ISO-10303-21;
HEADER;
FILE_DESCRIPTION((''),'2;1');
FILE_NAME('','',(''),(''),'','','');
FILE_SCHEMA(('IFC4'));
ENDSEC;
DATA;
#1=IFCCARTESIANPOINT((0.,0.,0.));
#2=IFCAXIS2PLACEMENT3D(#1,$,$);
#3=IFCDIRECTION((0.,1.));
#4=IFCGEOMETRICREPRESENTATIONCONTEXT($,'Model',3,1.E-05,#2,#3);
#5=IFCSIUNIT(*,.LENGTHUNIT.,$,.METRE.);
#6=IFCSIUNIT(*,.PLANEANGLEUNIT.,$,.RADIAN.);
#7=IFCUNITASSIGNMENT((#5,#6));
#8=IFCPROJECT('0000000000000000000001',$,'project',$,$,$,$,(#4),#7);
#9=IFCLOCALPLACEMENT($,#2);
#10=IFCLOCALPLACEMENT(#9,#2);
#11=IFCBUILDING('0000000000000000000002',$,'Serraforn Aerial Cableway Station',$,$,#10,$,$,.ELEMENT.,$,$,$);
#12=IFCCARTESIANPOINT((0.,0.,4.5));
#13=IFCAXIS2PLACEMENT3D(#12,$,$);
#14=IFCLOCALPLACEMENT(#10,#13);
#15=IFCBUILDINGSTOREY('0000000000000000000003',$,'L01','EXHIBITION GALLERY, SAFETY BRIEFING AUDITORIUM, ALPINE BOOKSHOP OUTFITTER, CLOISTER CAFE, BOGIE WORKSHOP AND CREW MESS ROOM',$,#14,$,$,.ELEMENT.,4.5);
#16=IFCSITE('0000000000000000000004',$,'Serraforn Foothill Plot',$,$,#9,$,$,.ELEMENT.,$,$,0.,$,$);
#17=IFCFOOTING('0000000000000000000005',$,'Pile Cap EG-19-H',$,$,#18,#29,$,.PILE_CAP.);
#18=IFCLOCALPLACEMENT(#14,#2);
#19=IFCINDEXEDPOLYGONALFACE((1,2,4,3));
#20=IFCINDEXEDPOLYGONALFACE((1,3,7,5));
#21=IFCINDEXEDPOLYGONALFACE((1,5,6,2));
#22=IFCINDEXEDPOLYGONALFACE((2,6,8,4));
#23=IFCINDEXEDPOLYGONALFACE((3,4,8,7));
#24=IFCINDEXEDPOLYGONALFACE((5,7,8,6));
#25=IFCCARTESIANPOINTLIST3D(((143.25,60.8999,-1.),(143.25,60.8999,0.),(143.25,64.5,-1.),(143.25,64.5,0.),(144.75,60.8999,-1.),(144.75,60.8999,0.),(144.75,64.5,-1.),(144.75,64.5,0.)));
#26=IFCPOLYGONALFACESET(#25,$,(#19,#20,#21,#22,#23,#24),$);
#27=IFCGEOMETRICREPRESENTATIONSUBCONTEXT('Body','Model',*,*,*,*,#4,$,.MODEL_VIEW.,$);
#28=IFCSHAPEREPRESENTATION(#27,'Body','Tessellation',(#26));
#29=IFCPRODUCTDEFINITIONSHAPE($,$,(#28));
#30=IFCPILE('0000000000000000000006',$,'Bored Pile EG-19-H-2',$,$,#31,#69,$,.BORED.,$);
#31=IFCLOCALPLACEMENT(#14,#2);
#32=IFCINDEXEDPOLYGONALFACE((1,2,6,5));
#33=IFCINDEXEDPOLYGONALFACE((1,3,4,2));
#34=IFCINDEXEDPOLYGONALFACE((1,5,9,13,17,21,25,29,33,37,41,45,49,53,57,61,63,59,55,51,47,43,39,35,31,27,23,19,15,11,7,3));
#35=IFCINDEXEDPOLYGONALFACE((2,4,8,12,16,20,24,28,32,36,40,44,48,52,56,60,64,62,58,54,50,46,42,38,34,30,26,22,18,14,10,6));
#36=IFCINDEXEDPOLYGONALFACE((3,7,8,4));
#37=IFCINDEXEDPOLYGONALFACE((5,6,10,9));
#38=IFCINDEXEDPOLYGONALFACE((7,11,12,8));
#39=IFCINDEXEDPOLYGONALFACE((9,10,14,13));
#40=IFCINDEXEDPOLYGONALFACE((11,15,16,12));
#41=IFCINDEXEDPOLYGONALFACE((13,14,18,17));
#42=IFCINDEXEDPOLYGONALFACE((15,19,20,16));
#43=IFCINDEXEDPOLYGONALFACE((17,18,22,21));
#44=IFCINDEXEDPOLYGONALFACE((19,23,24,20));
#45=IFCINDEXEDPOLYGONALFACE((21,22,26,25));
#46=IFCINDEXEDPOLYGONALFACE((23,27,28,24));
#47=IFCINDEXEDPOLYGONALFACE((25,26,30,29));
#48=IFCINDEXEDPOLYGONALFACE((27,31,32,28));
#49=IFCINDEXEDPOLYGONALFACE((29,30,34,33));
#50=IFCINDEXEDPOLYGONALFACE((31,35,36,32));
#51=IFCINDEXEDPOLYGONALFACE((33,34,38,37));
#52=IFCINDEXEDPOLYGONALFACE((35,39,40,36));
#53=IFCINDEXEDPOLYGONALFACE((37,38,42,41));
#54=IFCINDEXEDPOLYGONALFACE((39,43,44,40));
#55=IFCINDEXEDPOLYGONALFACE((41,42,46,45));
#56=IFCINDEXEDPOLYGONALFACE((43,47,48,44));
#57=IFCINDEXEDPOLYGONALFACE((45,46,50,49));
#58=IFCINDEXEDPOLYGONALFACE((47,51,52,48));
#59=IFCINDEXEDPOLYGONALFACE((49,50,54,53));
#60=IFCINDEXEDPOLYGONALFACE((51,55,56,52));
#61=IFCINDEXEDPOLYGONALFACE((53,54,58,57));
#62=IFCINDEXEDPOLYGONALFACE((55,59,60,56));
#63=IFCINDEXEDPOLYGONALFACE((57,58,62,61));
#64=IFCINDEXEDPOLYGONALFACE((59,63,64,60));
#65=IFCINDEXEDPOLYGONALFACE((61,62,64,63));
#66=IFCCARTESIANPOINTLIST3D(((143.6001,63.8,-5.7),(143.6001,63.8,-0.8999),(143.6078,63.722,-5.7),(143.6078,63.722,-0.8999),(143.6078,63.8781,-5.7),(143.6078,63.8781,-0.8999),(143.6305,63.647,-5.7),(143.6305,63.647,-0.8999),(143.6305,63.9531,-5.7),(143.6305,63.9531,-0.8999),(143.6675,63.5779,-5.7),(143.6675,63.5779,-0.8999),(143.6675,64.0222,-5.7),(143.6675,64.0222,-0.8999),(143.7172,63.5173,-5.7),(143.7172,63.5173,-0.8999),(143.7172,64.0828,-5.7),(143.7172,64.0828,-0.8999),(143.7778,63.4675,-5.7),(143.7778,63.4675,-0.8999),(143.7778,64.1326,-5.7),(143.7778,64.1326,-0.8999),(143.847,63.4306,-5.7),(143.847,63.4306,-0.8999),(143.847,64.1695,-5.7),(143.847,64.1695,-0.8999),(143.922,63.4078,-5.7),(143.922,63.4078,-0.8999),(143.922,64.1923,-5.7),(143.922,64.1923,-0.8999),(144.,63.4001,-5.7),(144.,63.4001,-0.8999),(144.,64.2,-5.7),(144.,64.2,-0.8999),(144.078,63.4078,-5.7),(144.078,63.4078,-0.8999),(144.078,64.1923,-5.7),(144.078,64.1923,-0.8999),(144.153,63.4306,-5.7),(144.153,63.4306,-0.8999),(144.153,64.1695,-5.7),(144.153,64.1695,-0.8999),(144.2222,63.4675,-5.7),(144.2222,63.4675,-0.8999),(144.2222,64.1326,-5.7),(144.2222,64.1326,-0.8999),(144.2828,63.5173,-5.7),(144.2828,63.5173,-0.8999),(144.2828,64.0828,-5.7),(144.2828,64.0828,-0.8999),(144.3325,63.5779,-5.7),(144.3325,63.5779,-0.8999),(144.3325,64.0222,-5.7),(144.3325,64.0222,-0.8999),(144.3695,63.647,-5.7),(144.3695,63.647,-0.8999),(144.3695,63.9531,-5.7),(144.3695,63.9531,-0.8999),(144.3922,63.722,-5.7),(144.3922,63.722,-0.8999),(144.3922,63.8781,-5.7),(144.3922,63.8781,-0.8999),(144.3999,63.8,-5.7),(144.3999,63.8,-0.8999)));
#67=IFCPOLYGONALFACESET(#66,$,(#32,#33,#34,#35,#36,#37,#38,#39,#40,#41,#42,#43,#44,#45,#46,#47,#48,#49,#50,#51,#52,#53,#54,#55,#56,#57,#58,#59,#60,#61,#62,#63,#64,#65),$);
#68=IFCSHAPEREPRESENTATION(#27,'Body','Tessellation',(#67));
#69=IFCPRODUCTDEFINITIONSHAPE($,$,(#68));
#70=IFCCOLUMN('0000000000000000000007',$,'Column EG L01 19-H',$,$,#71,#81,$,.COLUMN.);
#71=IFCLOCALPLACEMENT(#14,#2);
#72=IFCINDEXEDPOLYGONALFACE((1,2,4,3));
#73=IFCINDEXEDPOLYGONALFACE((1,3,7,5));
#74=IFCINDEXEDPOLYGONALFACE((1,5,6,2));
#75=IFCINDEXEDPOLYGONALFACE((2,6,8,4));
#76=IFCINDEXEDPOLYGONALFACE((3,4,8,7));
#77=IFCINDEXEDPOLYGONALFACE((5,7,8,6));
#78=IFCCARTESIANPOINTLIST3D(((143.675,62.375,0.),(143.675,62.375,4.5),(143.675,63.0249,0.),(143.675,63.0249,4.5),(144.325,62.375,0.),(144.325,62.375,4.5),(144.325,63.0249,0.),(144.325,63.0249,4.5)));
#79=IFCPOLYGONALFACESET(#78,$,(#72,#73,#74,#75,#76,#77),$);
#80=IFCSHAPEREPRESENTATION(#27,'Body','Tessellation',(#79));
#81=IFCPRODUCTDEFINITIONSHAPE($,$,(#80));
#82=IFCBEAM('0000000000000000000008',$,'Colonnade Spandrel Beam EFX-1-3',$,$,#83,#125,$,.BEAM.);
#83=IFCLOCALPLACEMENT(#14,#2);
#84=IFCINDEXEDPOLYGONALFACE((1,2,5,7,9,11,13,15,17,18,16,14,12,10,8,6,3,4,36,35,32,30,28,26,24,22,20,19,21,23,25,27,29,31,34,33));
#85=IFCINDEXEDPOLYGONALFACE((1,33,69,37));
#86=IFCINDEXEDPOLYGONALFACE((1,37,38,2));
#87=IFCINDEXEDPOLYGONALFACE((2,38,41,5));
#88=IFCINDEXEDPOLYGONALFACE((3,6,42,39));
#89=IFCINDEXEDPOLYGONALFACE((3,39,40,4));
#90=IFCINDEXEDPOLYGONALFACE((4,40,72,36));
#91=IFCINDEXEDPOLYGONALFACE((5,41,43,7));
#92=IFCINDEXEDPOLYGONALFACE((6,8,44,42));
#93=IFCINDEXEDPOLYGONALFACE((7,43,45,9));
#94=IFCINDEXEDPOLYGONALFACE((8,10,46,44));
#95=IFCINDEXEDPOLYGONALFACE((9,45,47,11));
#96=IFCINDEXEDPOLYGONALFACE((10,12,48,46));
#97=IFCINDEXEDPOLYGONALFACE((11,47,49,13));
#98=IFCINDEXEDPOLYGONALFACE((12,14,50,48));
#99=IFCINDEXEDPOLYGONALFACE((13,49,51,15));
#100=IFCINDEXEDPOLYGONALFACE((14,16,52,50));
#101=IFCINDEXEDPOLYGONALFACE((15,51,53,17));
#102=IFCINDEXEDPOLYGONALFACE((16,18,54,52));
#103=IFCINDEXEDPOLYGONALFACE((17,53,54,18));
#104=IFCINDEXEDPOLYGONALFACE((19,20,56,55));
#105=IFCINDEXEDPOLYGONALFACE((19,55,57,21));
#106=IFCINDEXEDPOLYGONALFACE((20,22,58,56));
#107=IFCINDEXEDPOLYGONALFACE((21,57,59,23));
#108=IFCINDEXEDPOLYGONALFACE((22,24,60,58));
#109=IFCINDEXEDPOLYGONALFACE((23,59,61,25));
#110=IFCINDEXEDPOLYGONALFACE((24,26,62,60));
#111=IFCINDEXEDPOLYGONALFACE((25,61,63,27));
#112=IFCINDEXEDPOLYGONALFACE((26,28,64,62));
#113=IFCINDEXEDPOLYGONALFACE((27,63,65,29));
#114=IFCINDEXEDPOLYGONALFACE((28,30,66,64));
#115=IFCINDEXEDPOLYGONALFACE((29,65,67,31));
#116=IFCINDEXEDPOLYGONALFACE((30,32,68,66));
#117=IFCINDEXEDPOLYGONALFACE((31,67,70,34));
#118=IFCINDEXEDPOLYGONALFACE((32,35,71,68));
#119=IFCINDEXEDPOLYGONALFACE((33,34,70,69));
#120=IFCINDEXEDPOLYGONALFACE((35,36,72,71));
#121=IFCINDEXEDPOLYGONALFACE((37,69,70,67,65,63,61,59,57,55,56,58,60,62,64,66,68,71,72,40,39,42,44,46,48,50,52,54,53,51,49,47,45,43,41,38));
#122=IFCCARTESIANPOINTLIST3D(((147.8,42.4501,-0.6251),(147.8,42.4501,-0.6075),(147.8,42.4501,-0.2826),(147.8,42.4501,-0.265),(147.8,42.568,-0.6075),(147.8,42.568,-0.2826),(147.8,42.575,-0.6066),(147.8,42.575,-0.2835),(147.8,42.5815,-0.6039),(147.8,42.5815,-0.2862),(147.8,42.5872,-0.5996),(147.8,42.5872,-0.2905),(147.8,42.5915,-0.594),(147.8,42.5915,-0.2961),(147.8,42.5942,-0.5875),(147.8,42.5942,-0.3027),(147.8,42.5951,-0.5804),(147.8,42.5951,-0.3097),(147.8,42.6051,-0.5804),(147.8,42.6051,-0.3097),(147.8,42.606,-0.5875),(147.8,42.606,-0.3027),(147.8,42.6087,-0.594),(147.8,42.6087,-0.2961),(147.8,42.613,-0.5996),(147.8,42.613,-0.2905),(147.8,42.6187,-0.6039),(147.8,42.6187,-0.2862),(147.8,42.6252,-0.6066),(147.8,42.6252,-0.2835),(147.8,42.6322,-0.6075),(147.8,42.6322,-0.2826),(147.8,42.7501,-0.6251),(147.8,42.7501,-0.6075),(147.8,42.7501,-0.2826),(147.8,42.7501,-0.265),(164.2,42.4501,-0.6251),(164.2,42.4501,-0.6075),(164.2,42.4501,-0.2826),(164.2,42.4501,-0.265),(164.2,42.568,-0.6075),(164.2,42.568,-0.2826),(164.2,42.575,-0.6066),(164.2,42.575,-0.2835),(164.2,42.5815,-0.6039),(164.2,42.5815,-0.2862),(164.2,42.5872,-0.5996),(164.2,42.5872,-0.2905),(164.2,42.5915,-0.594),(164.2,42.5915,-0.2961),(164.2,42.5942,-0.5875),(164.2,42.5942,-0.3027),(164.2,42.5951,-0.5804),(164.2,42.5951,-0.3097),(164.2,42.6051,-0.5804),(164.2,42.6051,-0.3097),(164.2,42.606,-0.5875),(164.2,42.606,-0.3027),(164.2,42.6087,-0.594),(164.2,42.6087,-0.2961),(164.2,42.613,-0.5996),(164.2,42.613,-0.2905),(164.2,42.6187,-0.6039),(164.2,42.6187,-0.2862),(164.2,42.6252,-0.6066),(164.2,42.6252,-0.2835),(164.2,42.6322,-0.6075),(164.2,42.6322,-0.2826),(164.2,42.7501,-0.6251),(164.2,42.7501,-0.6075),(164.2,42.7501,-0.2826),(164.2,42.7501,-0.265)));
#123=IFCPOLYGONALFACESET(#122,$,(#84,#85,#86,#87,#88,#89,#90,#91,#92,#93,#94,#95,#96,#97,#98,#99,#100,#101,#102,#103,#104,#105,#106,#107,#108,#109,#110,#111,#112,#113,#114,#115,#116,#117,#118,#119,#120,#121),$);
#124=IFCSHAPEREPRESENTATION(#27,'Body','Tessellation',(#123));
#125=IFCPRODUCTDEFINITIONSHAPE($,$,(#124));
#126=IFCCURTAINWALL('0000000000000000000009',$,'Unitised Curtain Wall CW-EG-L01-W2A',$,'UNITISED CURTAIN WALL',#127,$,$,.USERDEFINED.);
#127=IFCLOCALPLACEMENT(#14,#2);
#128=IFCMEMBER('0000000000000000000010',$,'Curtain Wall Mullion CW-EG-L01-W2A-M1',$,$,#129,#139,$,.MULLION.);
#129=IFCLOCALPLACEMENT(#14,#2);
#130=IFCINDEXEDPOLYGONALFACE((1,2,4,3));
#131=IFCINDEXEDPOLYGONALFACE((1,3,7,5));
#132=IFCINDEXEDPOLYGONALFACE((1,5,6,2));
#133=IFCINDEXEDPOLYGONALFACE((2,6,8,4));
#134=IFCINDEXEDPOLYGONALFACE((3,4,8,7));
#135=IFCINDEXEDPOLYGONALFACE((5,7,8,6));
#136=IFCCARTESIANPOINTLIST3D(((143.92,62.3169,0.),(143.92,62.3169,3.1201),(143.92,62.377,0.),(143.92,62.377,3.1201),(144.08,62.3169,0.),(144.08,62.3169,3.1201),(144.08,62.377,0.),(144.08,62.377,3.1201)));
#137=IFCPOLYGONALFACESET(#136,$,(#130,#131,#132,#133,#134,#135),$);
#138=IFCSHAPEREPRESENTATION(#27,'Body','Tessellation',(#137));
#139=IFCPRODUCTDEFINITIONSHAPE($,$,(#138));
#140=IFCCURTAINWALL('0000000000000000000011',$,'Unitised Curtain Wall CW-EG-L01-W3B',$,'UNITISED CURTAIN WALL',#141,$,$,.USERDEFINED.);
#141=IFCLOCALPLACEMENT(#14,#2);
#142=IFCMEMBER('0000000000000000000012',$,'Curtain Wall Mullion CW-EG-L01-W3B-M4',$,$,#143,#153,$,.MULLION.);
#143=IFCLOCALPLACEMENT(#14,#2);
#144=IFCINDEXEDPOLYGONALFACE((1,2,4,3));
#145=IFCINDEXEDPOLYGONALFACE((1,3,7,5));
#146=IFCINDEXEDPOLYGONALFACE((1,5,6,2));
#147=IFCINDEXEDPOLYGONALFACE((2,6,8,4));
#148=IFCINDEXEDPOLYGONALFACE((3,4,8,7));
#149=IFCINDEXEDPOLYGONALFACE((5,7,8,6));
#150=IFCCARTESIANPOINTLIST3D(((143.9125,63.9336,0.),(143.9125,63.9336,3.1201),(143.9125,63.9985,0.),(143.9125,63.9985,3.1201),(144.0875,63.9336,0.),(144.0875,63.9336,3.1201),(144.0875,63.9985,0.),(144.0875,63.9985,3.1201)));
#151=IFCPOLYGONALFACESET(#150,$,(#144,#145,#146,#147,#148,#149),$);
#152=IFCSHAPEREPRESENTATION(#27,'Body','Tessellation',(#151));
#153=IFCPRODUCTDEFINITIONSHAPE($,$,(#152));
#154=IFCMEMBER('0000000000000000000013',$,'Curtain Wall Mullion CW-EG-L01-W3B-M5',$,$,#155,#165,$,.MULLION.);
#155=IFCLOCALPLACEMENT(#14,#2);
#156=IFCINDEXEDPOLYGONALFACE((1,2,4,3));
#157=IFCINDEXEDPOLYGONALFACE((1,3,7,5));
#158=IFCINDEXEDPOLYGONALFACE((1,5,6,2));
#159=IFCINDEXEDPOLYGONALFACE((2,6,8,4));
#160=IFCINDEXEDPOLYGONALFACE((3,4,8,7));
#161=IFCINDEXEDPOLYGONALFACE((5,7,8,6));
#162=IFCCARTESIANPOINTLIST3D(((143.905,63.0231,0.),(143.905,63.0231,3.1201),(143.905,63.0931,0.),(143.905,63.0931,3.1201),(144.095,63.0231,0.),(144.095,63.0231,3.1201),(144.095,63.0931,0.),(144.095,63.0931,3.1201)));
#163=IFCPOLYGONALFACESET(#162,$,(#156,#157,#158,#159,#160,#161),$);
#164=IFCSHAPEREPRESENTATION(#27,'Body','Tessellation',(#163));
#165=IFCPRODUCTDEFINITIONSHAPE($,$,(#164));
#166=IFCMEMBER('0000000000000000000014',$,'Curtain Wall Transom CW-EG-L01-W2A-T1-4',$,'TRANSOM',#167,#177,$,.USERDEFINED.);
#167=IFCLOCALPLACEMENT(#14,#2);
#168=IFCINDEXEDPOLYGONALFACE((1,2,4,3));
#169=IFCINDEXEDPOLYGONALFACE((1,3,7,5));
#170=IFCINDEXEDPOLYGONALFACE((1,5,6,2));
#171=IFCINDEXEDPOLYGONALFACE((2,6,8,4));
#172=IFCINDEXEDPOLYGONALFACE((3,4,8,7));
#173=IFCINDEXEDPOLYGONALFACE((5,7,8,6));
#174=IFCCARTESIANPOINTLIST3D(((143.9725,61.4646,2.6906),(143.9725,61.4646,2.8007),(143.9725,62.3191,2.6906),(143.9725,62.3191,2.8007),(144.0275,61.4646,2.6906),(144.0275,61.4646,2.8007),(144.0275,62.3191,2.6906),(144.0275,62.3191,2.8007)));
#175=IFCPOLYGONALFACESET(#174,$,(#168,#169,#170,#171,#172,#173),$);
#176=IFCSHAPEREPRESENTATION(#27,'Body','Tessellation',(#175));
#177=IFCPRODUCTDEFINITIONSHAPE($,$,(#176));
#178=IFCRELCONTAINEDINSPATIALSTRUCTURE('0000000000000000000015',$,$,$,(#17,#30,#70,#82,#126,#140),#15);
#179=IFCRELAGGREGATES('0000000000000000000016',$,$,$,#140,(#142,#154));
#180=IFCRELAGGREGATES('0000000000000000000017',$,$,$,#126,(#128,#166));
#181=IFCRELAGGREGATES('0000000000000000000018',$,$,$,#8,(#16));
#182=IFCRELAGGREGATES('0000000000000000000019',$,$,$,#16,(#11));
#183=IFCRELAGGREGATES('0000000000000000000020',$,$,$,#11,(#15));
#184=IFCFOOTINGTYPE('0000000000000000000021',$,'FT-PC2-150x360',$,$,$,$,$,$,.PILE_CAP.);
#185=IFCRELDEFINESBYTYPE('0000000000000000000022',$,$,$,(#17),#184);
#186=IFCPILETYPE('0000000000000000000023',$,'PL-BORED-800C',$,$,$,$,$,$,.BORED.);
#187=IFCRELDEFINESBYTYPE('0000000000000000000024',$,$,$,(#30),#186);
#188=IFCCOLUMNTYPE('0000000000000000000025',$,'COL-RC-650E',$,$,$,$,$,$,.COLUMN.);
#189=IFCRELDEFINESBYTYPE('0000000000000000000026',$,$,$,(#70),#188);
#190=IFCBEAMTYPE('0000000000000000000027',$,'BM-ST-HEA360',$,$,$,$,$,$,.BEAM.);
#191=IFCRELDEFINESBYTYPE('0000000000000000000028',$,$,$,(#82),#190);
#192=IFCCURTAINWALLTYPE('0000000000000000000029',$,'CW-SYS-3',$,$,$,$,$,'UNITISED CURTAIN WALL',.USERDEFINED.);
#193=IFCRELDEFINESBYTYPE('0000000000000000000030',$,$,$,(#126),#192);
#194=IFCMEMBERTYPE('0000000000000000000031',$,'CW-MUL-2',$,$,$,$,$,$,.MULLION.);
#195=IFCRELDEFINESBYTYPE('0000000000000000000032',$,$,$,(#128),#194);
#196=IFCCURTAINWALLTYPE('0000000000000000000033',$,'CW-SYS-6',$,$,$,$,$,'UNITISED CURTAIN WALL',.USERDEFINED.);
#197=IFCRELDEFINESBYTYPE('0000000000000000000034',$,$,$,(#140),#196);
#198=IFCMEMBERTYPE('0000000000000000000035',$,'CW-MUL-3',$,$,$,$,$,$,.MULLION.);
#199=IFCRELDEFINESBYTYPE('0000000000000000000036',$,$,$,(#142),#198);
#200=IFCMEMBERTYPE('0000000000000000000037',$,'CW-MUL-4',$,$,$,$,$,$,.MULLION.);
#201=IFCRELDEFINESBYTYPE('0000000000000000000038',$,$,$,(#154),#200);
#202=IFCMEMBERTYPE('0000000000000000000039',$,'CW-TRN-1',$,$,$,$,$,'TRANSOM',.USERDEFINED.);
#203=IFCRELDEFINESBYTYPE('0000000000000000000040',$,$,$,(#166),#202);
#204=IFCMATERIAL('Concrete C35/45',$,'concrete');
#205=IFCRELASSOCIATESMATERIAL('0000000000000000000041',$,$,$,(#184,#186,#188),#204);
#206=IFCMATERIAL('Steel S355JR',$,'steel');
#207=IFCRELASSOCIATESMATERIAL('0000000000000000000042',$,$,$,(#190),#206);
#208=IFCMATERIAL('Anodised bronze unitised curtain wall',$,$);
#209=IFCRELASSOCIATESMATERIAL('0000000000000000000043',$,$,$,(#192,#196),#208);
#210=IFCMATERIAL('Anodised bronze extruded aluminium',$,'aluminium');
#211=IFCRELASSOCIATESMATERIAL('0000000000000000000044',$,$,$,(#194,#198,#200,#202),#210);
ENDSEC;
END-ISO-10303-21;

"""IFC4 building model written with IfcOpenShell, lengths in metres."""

from ifc_helpers import new_model, si_unit, direction, frame, origin, origin_2d, place, context, subcontext, project, spatial, rectangle, circle, i_section, extrude, material, material_profile, profile_set, type_object, element, aggregate, save


model = new_model("IFC4")

# Units and contexts
model_context = context("Model", 3, precision=1e-05, world=origin(), true_north=direction((0.0, 1.0)))
body_context = subcontext(model_context, "Body", "Model", "MODEL_VIEW")
ifc_project = project(units=[si_unit("LENGTHUNIT", "METRE"), si_unit("PLANEANGLEUNIT", "RADIAN")], contexts=[model_context])

# Site, building, storey
site_placement = place(None, origin())
site = spatial("IfcSite", under=ifc_project, at=site_placement, Name="Serraforn Foothill Plot", CompositionType="ELEMENT", RefElevation=0.0)
building_placement = place(site_placement, origin())
building = spatial("IfcBuilding", under=site, at=building_placement, Name="Serraforn Aerial Cableway Station", CompositionType="ELEMENT")
storey_placement = place(building_placement, frame((0.0, 0.0, 4.5)))
storey = spatial("IfcBuildingStorey", under=building, at=storey_placement, Name="L01", Description="EXHIBITION GALLERY, SAFETY BRIEFING AUDITORIUM, ALPINE BOOKSHOP OUTFITTER, CLOISTER CAFE, BOGIE WORKSHOP AND CREW MESS ROOM", CompositionType="ELEMENT", Elevation=4.5)

# Footing
ifc_material_1 = material(Name="Concrete C35/45", Category="concrete")
footing_type = type_object("IfcFootingType", Name="FT-PC2-150x360", PredefinedType="PILE_CAP", material=ifc_material_1)
footing_placement = place(storey_placement, frame((144.0, 62.7, -1.0), z_axis=(0.0, 0.0, 1.0), x_axis=(1.0, 0.0, 0.0)))
element("IfcFooting", 1, at=footing_placement, inside=storey, type_object=footing_type, Name="Pile Cap EG-19-H", PredefinedType="PILE_CAP", context=body_context, shape_type="SweptSolid", body=[
    extrude(rectangle(XDim=1.5, YDim=3.6001, at=origin_2d()), origin(), (0.0, 0.0, 1.0), 1.0),
])

# Pile
ifc_material_profile_1 = material_profile(ifc_material_1, circle(Radius=0.3999, at=origin_2d()), Name="BORED PILE D800")
ifc_profile_set_1 = profile_set([ifc_material_profile_1], Name="Concrete C35/45")
pile_type = type_object("IfcPileType", Name="PL-BORED-800C", PredefinedType="BORED", material=ifc_profile_set_1)
pile_placement = place(storey_placement, frame((144.0, 63.8, -0.8999), z_axis=(0.0, 0.0, -1.0), x_axis=(1.0, 0.0, 0.0)))
element("IfcPile", 2, at=pile_placement, inside=storey, type_object=pile_type, Name="Bored Pile EG-19-H-2", PredefinedType="BORED", context=body_context, shape_type="SweptSolid", body=[
    extrude(circle(Radius=0.3999, at=origin_2d()), origin(), (0.0, 0.0, 1.0), 4.8),
])

# Column
ifc_material_profile_2 = material_profile(ifc_material_1, rectangle(XDim=0.6499, YDim=0.6499, at=origin_2d()), Name="RC 650x650")
ifc_profile_set_2 = profile_set([ifc_material_profile_2], Name="Concrete C35/45")
column_type = type_object("IfcColumnType", Name="COL-RC-650E", PredefinedType="COLUMN", material=ifc_profile_set_2)
column_placement = place(storey_placement, frame((144.0, 62.7, 0.0), z_axis=(0.0, 0.0, 1.0), x_axis=(1.0, 0.0, 0.0)))
element("IfcColumn", 3, at=column_placement, inside=storey, type_object=column_type, Name="Column EG L01 19-H", PredefinedType="COLUMN", context=body_context, shape_type="SweptSolid", body=[
    extrude(rectangle(XDim=0.6499, YDim=0.6499, at=origin_2d()), origin(), (0.0, 0.0, 1.0), 4.5),
])

# Beam
ifc_material_2 = material(Name="Steel S355JR", Category="steel")
ifc_material_profile_3 = material_profile(ifc_material_2, i_section(OverallWidth=0.3, OverallDepth=0.3601, WebThickness=0.01, FlangeThickness=0.0176, FilletRadius=0.0271, at=origin_2d()), Name="HEA 360")
ifc_profile_set_3 = profile_set([ifc_material_profile_3], Name="Steel S355JR")
beam_type = type_object("IfcBeamType", Name="BM-ST-HEA360", PredefinedType="BEAM", material=ifc_profile_set_3)
beam_placement = place(storey_placement, frame((147.8, 42.6001, -0.4451), z_axis=(1.0, 0.0, 0.0), x_axis=(0.0, 1.0, 0.0)))
element("IfcBeam", 4, at=beam_placement, inside=storey, type_object=beam_type, Name="Colonnade Spandrel Beam EFX-1-3", PredefinedType="BEAM", context=body_context, shape_type="SweptSolid", body=[
    extrude(i_section(OverallWidth=0.3, OverallDepth=0.3601, WebThickness=0.01, FlangeThickness=0.0176, FilletRadius=0.0271, at=origin_2d()), origin(), (0.0, 0.0, 1.0), 16.3999),
])

# Curtain wall, member
ifc_material_3 = material(Name="Anodised bronze unitised curtain wall")
curtain_wall_type_1 = type_object("IfcCurtainWallType", Name="CW-SYS-3", ElementType="UNITISED CURTAIN WALL", PredefinedType="USERDEFINED", material=ifc_material_3)
curtain_wall_1_placement = place(storey_placement, origin())
curtain_wall_1 = element("IfcCurtainWall", 5, at=curtain_wall_1_placement, inside=storey, type_object=curtain_wall_type_1, Name="Unitised Curtain Wall CW-EG-L01-W2A", ObjectType="UNITISED CURTAIN WALL", PredefinedType="USERDEFINED")
ifc_material_4 = material(Name="Anodised bronze extruded aluminium", Category="aluminium")
ifc_material_profile_4 = material_profile(ifc_material_4, rectangle(XDim=0.0601, YDim=0.1599, at=origin_2d()), Name="CW MULLION 60x160")
ifc_profile_set_4 = profile_set([ifc_material_profile_4], Name="Anodised bronze extruded aluminium")
member_type_1 = type_object("IfcMemberType", Name="CW-MUL-2", PredefinedType="MULLION", material=ifc_profile_set_4)
member_1_placement = place(storey_placement, frame((144.0, 62.3469, 0.0), z_axis=(0.0, 0.0, 1.0), x_axis=(0.0, -1.0, 0.0)))
member_1 = element("IfcMember", 6, at=member_1_placement, type_object=member_type_1, Name="Curtain Wall Mullion CW-EG-L01-W2A-M1", PredefinedType="MULLION", context=body_context, shape_type="SweptSolid", body=[
    extrude(rectangle(XDim=0.0601, YDim=0.1599, at=origin_2d()), origin(), (0.0, 0.0, 1.0), 3.1201),
])

# Curtain wall, members
curtain_wall_type_2 = type_object("IfcCurtainWallType", Name="CW-SYS-6", ElementType="UNITISED CURTAIN WALL", PredefinedType="USERDEFINED", material=ifc_material_3)
curtain_wall_2_placement = place(storey_placement, origin())
curtain_wall_2 = element("IfcCurtainWall", 7, at=curtain_wall_2_placement, inside=storey, type_object=curtain_wall_type_2, Name="Unitised Curtain Wall CW-EG-L01-W3B", ObjectType="UNITISED CURTAIN WALL", PredefinedType="USERDEFINED")
ifc_material_profile_5 = material_profile(ifc_material_4, rectangle(XDim=0.0649, YDim=0.175, at=origin_2d()), Name="CW MULLION 65x175")
ifc_profile_set_5 = profile_set([ifc_material_profile_5], Name="Anodised bronze extruded aluminium")
member_type_2 = type_object("IfcMemberType", Name="CW-MUL-3", PredefinedType="MULLION", material=ifc_profile_set_5)
member_2_placement = place(storey_placement, frame((144.0, 63.9661, 0.0), z_axis=(0.0, 0.0, 1.0), x_axis=(0.0, -1.0, 0.0)))
member_2 = element("IfcMember", 8, at=member_2_placement, type_object=member_type_2, Name="Curtain Wall Mullion CW-EG-L01-W3B-M4", PredefinedType="MULLION", context=body_context, shape_type="SweptSolid", body=[
    extrude(rectangle(XDim=0.0649, YDim=0.175, at=origin_2d()), origin(), (0.0, 0.0, 1.0), 3.1201),
])
ifc_material_profile_6 = material_profile(ifc_material_4, rectangle(XDim=0.0701, YDim=0.1899, at=origin_2d()), Name="CW MULLION 70x190")
ifc_profile_set_6 = profile_set([ifc_material_profile_6], Name="Anodised bronze extruded aluminium")
member_type_3 = type_object("IfcMemberType", Name="CW-MUL-4", PredefinedType="MULLION", material=ifc_profile_set_6)
member_3_placement = place(storey_placement, frame((144.0, 63.0581, 0.0), z_axis=(0.0, 0.0, 1.0), x_axis=(0.0, -1.0, 0.0)))
member_3 = element("IfcMember", 9, at=member_3_placement, type_object=member_type_3, Name="Curtain Wall Mullion CW-EG-L01-W3B-M5", PredefinedType="MULLION", context=body_context, shape_type="SweptSolid", body=[
    extrude(rectangle(XDim=0.0701, YDim=0.1899, at=origin_2d()), origin(), (0.0, 0.0, 1.0), 3.1201),
])

# Member
ifc_material_profile_7 = material_profile(ifc_material_4, rectangle(XDim=0.0549, YDim=0.1101, at=origin_2d()), Name="CW TRANSOM 55x110")
ifc_profile_set_7 = profile_set([ifc_material_profile_7], Name="Anodised bronze extruded aluminium")
member_type_4 = type_object("IfcMemberType", Name="CW-TRN-1", ElementType="TRANSOM", PredefinedType="USERDEFINED", material=ifc_profile_set_7)
member_4_placement = place(storey_placement, frame((144.0, 62.3191, 2.7456), z_axis=(0.0, -1.0, 0.0), x_axis=(1.0, 0.0, 0.0)))
member_4 = element("IfcMember", 10, at=member_4_placement, type_object=member_type_4, Name="Curtain Wall Transom CW-EG-L01-W2A-T1-4", ObjectType="TRANSOM", PredefinedType="USERDEFINED", context=body_context, shape_type="SweptSolid", body=[
    extrude(rectangle(XDim=0.0549, YDim=0.1101, at=origin_2d()), origin(), (0.0, 0.0, 1.0), 0.8545),
])

aggregate(curtain_wall_2, [member_2, member_3])
aggregate(curtain_wall_1, [member_1, member_4])

save(model, "model.ifc")
